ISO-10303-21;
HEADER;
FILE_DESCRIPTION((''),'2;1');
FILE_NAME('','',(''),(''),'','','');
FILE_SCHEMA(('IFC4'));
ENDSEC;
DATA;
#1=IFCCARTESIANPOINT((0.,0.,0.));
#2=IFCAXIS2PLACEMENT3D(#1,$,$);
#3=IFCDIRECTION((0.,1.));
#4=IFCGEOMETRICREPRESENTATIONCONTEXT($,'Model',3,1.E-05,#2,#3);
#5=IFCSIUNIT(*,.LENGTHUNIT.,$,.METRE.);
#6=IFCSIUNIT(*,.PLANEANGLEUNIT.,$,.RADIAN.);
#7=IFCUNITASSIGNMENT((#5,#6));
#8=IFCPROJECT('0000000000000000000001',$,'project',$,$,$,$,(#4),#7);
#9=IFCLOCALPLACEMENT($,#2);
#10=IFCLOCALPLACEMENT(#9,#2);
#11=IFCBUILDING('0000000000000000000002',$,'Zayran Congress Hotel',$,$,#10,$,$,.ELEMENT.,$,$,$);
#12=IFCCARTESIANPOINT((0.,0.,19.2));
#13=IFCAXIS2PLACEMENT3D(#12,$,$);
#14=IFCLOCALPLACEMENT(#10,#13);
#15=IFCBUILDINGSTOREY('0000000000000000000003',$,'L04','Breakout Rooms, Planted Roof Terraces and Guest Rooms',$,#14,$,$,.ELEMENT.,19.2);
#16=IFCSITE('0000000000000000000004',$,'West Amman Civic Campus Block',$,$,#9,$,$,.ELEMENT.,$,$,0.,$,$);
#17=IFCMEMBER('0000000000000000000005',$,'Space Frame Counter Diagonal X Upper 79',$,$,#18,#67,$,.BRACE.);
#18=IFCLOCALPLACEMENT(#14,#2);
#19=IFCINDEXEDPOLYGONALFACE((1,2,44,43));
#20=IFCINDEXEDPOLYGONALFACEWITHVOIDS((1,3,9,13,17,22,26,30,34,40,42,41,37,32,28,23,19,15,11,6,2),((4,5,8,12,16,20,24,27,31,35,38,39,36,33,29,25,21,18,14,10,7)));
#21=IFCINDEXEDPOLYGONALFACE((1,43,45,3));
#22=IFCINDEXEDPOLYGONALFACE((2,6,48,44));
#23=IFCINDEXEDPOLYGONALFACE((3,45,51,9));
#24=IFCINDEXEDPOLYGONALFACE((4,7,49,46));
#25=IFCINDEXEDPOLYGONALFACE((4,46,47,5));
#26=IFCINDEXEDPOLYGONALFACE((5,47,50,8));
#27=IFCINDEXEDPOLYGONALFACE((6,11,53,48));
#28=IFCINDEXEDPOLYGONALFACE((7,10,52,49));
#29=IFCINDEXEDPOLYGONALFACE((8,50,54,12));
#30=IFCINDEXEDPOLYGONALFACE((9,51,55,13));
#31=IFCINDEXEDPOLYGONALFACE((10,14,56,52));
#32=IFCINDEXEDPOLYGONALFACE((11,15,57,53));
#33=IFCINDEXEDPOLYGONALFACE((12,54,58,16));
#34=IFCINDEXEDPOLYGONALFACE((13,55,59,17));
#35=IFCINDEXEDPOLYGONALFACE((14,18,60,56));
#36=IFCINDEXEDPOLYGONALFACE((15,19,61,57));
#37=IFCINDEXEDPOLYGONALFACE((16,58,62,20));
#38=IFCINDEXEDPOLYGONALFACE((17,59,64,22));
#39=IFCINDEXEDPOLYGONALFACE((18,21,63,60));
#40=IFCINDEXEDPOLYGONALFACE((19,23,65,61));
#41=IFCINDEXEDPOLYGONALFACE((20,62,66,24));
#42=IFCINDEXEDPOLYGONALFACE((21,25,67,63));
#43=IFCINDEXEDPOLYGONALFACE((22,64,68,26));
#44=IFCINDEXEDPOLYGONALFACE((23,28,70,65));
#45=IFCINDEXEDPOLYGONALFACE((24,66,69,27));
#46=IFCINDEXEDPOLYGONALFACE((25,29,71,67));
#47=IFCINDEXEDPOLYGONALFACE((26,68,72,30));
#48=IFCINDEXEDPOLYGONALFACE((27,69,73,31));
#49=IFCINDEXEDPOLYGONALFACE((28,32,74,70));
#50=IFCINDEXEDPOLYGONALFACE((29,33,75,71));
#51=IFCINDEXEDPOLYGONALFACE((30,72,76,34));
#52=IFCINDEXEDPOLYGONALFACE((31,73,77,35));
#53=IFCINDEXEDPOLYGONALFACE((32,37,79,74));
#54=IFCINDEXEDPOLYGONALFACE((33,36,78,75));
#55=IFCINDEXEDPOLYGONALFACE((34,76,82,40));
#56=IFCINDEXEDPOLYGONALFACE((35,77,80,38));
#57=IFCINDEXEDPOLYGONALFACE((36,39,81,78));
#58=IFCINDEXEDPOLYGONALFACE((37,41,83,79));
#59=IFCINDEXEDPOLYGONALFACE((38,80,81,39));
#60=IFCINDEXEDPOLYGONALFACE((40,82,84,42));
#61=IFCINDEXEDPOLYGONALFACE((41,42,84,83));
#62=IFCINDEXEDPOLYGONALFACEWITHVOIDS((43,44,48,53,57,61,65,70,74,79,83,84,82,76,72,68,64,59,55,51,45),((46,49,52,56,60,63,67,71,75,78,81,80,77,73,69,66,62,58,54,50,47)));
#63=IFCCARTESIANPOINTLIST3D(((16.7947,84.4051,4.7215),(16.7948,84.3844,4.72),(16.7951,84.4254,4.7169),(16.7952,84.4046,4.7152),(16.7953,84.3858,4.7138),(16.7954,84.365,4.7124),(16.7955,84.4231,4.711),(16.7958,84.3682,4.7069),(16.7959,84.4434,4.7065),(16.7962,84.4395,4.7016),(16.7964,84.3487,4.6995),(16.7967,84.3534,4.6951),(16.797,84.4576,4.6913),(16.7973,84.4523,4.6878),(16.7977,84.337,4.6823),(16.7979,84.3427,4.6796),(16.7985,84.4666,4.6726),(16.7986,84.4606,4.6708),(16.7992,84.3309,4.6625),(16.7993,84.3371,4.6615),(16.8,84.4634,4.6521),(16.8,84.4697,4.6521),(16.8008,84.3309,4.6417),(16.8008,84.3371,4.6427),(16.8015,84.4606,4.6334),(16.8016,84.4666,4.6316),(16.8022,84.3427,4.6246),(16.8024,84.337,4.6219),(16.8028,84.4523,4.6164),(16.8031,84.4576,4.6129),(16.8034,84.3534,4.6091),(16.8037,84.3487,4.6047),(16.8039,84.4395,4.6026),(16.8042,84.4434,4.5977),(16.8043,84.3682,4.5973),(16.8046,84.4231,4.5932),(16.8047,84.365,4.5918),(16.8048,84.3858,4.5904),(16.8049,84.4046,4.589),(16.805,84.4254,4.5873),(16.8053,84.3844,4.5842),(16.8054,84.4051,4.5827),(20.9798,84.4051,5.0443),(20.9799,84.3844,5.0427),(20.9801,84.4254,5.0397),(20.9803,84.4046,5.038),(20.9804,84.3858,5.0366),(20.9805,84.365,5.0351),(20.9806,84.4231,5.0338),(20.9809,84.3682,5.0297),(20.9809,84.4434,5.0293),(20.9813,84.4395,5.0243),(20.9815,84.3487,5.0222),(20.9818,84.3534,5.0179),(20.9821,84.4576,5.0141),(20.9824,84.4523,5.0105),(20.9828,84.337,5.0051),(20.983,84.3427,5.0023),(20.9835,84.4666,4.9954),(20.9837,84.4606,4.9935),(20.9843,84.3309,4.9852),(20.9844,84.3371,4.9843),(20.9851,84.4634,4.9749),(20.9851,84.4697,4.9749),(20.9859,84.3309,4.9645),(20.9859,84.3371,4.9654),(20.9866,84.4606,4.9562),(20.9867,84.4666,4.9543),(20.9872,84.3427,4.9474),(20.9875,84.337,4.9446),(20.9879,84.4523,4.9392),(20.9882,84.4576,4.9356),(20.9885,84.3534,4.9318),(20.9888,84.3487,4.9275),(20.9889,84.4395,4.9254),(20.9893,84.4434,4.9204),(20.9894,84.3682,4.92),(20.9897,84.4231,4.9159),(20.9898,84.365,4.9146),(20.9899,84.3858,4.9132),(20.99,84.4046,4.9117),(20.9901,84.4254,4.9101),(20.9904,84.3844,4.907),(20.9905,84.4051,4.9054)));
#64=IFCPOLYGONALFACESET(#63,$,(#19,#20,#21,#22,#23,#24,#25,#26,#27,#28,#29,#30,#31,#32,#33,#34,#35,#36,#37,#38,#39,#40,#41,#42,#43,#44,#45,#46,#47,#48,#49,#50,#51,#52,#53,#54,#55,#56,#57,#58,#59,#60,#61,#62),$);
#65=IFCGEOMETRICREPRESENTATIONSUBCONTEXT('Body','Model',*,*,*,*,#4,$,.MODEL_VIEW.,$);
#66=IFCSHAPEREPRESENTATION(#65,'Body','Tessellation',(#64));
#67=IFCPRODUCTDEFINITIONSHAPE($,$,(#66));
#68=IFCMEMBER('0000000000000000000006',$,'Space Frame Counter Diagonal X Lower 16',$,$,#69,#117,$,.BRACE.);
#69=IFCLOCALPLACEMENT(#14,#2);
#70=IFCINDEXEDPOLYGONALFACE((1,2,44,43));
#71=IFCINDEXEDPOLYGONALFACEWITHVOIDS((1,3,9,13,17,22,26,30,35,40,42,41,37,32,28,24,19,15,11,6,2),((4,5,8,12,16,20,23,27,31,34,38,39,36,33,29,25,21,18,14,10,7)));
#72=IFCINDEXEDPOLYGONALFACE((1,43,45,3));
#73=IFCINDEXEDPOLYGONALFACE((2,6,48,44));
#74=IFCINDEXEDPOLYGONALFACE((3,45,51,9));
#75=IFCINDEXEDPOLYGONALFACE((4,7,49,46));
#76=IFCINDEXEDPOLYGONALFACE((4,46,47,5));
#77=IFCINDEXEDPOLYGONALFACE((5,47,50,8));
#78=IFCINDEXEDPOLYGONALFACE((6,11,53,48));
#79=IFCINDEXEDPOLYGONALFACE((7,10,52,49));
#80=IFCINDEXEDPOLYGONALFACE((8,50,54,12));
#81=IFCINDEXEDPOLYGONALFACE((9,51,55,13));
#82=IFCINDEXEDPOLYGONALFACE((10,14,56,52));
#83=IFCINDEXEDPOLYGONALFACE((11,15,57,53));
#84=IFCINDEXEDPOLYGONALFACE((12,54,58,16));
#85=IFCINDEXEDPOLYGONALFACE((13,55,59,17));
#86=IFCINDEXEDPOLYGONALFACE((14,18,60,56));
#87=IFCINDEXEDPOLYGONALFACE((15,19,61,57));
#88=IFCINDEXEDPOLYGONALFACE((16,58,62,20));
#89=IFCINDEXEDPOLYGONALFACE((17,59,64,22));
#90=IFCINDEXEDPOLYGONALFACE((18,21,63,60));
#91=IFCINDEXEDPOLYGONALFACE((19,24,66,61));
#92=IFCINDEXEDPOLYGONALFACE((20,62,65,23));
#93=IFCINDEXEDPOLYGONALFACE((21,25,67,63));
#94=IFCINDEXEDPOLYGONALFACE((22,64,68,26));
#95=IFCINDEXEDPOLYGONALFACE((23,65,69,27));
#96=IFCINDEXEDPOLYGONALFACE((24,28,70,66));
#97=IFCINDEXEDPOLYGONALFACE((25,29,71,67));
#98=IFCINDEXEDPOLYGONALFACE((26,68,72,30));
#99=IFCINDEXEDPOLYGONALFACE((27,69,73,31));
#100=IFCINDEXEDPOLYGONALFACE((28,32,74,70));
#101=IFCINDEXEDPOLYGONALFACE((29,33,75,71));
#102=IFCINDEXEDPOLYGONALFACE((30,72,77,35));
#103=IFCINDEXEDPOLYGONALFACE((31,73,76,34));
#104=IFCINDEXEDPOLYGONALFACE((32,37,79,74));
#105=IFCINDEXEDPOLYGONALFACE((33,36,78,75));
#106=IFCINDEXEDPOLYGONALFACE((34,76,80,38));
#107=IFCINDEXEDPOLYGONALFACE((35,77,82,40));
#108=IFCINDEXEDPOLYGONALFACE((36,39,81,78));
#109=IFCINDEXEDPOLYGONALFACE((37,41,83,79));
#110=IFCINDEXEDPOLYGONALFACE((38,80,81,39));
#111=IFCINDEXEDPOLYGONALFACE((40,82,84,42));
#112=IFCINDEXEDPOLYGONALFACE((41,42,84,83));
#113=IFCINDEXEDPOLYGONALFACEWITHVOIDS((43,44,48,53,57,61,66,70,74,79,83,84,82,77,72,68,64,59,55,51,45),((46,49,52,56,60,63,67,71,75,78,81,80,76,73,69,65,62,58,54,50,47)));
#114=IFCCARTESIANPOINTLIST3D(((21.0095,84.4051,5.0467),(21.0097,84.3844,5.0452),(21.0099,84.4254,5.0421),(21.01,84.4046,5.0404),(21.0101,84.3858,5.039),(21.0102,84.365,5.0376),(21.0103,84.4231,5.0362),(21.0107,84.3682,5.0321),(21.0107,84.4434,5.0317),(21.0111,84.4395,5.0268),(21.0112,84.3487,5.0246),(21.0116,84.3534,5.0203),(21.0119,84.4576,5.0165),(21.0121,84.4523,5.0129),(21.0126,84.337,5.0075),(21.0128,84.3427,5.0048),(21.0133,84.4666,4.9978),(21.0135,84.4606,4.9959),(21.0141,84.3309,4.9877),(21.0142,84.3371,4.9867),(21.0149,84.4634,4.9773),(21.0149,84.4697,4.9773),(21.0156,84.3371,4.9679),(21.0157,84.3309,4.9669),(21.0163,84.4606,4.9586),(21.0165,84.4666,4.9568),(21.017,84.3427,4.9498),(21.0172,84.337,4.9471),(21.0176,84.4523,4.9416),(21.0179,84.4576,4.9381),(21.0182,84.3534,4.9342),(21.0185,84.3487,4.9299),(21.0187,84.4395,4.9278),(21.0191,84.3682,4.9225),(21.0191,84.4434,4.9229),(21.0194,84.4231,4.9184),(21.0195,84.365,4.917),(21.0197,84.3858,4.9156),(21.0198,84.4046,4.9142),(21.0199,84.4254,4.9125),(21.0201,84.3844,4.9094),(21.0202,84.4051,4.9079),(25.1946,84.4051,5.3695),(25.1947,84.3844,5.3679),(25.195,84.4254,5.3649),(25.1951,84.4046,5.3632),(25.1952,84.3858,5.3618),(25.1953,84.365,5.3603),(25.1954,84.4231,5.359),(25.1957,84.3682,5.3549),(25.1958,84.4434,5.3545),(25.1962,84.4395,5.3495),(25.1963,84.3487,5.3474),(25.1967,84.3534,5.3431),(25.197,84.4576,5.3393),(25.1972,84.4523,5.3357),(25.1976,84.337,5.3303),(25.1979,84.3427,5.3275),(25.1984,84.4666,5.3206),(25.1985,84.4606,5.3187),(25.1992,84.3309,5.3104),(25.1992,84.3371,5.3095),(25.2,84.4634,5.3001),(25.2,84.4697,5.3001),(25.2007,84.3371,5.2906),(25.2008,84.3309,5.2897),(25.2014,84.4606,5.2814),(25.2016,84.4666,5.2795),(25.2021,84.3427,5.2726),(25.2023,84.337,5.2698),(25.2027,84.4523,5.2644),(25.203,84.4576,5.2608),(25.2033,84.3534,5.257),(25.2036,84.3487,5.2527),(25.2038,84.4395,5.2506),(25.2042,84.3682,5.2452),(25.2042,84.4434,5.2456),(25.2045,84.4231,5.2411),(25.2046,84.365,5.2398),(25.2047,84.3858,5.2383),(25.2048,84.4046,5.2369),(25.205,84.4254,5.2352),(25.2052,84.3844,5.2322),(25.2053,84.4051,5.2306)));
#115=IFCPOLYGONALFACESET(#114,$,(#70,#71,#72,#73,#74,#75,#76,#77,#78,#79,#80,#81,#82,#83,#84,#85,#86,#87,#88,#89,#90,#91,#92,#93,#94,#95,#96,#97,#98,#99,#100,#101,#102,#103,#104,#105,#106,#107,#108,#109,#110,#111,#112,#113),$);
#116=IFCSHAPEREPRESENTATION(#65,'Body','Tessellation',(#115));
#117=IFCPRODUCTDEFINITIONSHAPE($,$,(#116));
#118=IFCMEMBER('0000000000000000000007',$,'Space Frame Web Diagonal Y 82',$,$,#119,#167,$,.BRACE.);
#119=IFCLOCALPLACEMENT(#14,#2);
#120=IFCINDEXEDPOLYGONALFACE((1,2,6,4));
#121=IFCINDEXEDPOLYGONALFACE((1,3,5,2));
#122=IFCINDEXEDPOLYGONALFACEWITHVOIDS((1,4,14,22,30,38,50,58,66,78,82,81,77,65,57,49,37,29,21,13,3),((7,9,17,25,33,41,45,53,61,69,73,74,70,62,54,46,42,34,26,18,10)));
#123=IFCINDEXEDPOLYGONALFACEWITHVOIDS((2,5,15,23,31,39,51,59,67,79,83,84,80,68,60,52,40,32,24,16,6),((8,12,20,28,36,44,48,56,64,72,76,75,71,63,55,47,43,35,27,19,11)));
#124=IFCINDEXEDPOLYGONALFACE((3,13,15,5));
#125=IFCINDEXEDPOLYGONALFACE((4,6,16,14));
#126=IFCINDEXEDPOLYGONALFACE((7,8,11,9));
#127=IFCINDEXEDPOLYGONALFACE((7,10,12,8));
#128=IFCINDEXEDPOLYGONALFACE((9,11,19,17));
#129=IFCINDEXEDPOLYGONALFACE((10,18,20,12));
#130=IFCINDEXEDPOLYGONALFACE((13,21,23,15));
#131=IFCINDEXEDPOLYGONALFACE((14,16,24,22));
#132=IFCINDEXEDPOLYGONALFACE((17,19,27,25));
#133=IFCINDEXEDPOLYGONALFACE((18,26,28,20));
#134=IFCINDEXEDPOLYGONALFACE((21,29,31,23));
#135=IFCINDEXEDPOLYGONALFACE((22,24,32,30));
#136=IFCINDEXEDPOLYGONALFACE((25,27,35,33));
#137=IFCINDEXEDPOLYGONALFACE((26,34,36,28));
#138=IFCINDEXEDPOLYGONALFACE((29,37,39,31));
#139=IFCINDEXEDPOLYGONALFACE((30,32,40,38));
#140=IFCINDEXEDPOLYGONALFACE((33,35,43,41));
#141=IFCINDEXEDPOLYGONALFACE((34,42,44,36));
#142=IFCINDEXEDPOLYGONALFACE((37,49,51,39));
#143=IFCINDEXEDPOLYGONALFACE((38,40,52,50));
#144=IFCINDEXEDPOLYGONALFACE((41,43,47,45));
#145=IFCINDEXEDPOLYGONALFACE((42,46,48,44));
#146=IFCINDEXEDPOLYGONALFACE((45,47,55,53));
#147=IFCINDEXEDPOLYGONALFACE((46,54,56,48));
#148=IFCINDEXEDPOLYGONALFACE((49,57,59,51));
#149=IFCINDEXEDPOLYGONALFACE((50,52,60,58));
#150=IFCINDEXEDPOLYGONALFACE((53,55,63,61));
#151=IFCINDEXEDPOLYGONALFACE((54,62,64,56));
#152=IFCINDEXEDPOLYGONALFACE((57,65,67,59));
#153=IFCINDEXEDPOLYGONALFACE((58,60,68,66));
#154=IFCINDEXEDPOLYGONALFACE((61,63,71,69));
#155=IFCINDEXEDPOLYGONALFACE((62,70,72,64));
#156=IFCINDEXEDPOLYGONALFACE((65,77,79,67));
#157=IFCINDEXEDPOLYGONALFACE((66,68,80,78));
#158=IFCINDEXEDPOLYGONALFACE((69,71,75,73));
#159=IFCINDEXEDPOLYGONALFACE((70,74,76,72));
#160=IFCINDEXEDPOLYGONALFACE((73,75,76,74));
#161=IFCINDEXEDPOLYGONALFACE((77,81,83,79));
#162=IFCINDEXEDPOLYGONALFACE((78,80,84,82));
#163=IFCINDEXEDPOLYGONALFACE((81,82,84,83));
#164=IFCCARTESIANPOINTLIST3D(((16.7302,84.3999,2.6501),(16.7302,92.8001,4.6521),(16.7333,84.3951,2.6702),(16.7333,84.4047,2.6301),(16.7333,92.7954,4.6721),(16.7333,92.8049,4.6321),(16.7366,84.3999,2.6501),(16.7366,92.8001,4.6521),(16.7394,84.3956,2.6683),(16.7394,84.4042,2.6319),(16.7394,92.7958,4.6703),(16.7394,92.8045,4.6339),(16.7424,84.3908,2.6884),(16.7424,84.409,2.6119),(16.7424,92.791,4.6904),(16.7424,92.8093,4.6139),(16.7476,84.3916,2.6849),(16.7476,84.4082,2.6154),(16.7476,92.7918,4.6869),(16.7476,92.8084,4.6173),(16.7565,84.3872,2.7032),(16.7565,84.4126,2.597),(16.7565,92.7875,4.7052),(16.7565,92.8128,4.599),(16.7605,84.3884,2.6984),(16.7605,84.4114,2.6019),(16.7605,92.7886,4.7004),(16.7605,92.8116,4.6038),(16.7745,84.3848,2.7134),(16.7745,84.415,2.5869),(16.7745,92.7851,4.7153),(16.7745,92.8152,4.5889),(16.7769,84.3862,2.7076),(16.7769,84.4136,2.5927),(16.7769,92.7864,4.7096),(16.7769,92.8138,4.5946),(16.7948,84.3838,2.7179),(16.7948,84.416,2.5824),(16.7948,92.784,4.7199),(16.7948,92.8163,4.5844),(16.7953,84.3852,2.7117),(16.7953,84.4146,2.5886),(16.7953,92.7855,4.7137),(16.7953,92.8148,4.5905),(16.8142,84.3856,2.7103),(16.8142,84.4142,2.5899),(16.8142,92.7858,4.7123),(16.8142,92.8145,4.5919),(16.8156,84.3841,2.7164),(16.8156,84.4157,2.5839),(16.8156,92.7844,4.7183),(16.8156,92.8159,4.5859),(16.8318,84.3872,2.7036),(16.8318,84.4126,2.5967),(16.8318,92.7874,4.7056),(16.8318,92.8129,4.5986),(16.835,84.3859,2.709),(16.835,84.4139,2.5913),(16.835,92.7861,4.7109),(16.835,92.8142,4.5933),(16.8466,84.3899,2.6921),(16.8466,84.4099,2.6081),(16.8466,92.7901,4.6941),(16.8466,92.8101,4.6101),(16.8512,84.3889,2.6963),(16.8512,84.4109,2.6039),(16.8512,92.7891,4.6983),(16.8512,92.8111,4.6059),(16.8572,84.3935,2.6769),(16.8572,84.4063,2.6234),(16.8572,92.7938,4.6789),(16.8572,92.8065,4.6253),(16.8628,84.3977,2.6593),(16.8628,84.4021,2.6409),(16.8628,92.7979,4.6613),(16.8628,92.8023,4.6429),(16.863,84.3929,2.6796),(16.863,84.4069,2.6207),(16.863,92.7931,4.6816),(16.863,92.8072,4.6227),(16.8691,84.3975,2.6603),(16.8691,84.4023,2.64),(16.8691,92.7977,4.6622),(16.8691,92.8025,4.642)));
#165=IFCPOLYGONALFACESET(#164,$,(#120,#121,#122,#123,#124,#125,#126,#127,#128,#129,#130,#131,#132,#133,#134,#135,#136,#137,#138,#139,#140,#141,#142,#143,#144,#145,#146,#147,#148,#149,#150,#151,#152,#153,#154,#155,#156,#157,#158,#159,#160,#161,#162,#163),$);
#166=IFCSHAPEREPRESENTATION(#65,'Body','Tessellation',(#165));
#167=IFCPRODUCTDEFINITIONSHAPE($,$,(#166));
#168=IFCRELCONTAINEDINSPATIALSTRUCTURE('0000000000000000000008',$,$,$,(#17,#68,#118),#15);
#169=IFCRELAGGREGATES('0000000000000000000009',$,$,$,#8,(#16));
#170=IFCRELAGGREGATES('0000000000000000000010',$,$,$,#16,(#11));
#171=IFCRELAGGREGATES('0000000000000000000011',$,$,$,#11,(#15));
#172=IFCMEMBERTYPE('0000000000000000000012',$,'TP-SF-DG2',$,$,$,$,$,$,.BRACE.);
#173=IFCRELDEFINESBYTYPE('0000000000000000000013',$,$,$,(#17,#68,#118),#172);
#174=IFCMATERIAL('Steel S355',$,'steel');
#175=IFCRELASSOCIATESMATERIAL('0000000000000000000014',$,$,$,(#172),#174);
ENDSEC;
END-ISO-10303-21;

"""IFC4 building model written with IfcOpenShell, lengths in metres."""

from ifc_helpers import new_model, si_unit, direction, frame, origin, origin_2d, place, context, subcontext, project, spatial, hollow_circle, extrude, material, material_profile, profile_set, type_object, element, save


model = new_model("IFC4")

# Units and contexts
model_context = context("Model", 3, precision=1e-05, world=origin(), true_north=direction((0.0, 1.0)))
body_context = subcontext(model_context, "Body", "Model", "MODEL_VIEW")
ifc_project = project(units=[si_unit("LENGTHUNIT", "METRE"), si_unit("PLANEANGLEUNIT", "RADIAN")], contexts=[model_context])

# Site, building, storey
site_placement = place(None, origin())
site = spatial("IfcSite", under=ifc_project, at=site_placement, Name="West Amman Civic Campus Block", CompositionType="ELEMENT", RefElevation=0.0)
building_placement = place(site_placement, origin())
building = spatial("IfcBuilding", under=site, at=building_placement, Name="Zayran Congress Hotel", CompositionType="ELEMENT")
storey_placement = place(building_placement, frame((0.0, 0.0, 19.2)))
storey = spatial("IfcBuildingStorey", under=building, at=storey_placement, Name="L04", Description="Breakout Rooms, Planted Roof Terraces and Guest Rooms", CompositionType="ELEMENT", Elevation=19.2)

# Members
ifc_material_1 = material(Name="Steel S355", Category="steel")
ifc_material_profile_1 = material_profile(ifc_material_1, hollow_circle(Radius=0.0698, WallThickness=0.0063, at=origin_2d()), Name="CHS 139.7x6.3")
ifc_profile_set_1 = profile_set([ifc_material_profile_1], Name="Steel S355")
member_type_1 = type_object("IfcMemberType", Name="TP-SF-DG2", PredefinedType="BRACE", material=ifc_profile_set_1)
for number, where, z_axis, x_axis, name in (
    (1, (16.8, 84.3999, 4.6521), (0.997039, 0.0, 0.076892), (0.0, 1.0, 0.0), "Space Frame Counter Diagonal X Upper 79"),
    (2, (21.0149, 84.3999, 4.9773), (0.997039, 0.0, 0.076892), (0.0, 1.0, 0.0), "Space Frame Counter Diagonal X Lower 16"),
):
    element("IfcMember", number, at=place(storey_placement, frame(where, z_axis=z_axis, x_axis=x_axis)), inside=storey, type_object=member_type_1, Name=name, PredefinedType="BRACE", context=body_context, shape_type="SweptSolid", body=[
        extrude(hollow_circle(Radius=0.0698, WallThickness=0.0063, at=origin_2d()), origin(), (0.0, 0.0, 1.0), 4.1975),
    ])
member_1_placement = place(storey_placement, frame((16.8, 84.3999, 2.6501), z_axis=(0.0, 0.972756, 0.231831), x_axis=(-1.0, 0.0, 0.0)))
element("IfcMember", 3, at=member_1_placement, inside=storey, type_object=member_type_1, Name="Space Frame Web Diagonal Y 82", PredefinedType="BRACE", context=body_context, shape_type="SweptSolid", body=[
    extrude(hollow_circle(Radius=0.0698, WallThickness=0.0063, at=origin_2d()), origin(), (0.0, 0.0, 1.0), 8.6355),
])

save(model, "model.ifc")
